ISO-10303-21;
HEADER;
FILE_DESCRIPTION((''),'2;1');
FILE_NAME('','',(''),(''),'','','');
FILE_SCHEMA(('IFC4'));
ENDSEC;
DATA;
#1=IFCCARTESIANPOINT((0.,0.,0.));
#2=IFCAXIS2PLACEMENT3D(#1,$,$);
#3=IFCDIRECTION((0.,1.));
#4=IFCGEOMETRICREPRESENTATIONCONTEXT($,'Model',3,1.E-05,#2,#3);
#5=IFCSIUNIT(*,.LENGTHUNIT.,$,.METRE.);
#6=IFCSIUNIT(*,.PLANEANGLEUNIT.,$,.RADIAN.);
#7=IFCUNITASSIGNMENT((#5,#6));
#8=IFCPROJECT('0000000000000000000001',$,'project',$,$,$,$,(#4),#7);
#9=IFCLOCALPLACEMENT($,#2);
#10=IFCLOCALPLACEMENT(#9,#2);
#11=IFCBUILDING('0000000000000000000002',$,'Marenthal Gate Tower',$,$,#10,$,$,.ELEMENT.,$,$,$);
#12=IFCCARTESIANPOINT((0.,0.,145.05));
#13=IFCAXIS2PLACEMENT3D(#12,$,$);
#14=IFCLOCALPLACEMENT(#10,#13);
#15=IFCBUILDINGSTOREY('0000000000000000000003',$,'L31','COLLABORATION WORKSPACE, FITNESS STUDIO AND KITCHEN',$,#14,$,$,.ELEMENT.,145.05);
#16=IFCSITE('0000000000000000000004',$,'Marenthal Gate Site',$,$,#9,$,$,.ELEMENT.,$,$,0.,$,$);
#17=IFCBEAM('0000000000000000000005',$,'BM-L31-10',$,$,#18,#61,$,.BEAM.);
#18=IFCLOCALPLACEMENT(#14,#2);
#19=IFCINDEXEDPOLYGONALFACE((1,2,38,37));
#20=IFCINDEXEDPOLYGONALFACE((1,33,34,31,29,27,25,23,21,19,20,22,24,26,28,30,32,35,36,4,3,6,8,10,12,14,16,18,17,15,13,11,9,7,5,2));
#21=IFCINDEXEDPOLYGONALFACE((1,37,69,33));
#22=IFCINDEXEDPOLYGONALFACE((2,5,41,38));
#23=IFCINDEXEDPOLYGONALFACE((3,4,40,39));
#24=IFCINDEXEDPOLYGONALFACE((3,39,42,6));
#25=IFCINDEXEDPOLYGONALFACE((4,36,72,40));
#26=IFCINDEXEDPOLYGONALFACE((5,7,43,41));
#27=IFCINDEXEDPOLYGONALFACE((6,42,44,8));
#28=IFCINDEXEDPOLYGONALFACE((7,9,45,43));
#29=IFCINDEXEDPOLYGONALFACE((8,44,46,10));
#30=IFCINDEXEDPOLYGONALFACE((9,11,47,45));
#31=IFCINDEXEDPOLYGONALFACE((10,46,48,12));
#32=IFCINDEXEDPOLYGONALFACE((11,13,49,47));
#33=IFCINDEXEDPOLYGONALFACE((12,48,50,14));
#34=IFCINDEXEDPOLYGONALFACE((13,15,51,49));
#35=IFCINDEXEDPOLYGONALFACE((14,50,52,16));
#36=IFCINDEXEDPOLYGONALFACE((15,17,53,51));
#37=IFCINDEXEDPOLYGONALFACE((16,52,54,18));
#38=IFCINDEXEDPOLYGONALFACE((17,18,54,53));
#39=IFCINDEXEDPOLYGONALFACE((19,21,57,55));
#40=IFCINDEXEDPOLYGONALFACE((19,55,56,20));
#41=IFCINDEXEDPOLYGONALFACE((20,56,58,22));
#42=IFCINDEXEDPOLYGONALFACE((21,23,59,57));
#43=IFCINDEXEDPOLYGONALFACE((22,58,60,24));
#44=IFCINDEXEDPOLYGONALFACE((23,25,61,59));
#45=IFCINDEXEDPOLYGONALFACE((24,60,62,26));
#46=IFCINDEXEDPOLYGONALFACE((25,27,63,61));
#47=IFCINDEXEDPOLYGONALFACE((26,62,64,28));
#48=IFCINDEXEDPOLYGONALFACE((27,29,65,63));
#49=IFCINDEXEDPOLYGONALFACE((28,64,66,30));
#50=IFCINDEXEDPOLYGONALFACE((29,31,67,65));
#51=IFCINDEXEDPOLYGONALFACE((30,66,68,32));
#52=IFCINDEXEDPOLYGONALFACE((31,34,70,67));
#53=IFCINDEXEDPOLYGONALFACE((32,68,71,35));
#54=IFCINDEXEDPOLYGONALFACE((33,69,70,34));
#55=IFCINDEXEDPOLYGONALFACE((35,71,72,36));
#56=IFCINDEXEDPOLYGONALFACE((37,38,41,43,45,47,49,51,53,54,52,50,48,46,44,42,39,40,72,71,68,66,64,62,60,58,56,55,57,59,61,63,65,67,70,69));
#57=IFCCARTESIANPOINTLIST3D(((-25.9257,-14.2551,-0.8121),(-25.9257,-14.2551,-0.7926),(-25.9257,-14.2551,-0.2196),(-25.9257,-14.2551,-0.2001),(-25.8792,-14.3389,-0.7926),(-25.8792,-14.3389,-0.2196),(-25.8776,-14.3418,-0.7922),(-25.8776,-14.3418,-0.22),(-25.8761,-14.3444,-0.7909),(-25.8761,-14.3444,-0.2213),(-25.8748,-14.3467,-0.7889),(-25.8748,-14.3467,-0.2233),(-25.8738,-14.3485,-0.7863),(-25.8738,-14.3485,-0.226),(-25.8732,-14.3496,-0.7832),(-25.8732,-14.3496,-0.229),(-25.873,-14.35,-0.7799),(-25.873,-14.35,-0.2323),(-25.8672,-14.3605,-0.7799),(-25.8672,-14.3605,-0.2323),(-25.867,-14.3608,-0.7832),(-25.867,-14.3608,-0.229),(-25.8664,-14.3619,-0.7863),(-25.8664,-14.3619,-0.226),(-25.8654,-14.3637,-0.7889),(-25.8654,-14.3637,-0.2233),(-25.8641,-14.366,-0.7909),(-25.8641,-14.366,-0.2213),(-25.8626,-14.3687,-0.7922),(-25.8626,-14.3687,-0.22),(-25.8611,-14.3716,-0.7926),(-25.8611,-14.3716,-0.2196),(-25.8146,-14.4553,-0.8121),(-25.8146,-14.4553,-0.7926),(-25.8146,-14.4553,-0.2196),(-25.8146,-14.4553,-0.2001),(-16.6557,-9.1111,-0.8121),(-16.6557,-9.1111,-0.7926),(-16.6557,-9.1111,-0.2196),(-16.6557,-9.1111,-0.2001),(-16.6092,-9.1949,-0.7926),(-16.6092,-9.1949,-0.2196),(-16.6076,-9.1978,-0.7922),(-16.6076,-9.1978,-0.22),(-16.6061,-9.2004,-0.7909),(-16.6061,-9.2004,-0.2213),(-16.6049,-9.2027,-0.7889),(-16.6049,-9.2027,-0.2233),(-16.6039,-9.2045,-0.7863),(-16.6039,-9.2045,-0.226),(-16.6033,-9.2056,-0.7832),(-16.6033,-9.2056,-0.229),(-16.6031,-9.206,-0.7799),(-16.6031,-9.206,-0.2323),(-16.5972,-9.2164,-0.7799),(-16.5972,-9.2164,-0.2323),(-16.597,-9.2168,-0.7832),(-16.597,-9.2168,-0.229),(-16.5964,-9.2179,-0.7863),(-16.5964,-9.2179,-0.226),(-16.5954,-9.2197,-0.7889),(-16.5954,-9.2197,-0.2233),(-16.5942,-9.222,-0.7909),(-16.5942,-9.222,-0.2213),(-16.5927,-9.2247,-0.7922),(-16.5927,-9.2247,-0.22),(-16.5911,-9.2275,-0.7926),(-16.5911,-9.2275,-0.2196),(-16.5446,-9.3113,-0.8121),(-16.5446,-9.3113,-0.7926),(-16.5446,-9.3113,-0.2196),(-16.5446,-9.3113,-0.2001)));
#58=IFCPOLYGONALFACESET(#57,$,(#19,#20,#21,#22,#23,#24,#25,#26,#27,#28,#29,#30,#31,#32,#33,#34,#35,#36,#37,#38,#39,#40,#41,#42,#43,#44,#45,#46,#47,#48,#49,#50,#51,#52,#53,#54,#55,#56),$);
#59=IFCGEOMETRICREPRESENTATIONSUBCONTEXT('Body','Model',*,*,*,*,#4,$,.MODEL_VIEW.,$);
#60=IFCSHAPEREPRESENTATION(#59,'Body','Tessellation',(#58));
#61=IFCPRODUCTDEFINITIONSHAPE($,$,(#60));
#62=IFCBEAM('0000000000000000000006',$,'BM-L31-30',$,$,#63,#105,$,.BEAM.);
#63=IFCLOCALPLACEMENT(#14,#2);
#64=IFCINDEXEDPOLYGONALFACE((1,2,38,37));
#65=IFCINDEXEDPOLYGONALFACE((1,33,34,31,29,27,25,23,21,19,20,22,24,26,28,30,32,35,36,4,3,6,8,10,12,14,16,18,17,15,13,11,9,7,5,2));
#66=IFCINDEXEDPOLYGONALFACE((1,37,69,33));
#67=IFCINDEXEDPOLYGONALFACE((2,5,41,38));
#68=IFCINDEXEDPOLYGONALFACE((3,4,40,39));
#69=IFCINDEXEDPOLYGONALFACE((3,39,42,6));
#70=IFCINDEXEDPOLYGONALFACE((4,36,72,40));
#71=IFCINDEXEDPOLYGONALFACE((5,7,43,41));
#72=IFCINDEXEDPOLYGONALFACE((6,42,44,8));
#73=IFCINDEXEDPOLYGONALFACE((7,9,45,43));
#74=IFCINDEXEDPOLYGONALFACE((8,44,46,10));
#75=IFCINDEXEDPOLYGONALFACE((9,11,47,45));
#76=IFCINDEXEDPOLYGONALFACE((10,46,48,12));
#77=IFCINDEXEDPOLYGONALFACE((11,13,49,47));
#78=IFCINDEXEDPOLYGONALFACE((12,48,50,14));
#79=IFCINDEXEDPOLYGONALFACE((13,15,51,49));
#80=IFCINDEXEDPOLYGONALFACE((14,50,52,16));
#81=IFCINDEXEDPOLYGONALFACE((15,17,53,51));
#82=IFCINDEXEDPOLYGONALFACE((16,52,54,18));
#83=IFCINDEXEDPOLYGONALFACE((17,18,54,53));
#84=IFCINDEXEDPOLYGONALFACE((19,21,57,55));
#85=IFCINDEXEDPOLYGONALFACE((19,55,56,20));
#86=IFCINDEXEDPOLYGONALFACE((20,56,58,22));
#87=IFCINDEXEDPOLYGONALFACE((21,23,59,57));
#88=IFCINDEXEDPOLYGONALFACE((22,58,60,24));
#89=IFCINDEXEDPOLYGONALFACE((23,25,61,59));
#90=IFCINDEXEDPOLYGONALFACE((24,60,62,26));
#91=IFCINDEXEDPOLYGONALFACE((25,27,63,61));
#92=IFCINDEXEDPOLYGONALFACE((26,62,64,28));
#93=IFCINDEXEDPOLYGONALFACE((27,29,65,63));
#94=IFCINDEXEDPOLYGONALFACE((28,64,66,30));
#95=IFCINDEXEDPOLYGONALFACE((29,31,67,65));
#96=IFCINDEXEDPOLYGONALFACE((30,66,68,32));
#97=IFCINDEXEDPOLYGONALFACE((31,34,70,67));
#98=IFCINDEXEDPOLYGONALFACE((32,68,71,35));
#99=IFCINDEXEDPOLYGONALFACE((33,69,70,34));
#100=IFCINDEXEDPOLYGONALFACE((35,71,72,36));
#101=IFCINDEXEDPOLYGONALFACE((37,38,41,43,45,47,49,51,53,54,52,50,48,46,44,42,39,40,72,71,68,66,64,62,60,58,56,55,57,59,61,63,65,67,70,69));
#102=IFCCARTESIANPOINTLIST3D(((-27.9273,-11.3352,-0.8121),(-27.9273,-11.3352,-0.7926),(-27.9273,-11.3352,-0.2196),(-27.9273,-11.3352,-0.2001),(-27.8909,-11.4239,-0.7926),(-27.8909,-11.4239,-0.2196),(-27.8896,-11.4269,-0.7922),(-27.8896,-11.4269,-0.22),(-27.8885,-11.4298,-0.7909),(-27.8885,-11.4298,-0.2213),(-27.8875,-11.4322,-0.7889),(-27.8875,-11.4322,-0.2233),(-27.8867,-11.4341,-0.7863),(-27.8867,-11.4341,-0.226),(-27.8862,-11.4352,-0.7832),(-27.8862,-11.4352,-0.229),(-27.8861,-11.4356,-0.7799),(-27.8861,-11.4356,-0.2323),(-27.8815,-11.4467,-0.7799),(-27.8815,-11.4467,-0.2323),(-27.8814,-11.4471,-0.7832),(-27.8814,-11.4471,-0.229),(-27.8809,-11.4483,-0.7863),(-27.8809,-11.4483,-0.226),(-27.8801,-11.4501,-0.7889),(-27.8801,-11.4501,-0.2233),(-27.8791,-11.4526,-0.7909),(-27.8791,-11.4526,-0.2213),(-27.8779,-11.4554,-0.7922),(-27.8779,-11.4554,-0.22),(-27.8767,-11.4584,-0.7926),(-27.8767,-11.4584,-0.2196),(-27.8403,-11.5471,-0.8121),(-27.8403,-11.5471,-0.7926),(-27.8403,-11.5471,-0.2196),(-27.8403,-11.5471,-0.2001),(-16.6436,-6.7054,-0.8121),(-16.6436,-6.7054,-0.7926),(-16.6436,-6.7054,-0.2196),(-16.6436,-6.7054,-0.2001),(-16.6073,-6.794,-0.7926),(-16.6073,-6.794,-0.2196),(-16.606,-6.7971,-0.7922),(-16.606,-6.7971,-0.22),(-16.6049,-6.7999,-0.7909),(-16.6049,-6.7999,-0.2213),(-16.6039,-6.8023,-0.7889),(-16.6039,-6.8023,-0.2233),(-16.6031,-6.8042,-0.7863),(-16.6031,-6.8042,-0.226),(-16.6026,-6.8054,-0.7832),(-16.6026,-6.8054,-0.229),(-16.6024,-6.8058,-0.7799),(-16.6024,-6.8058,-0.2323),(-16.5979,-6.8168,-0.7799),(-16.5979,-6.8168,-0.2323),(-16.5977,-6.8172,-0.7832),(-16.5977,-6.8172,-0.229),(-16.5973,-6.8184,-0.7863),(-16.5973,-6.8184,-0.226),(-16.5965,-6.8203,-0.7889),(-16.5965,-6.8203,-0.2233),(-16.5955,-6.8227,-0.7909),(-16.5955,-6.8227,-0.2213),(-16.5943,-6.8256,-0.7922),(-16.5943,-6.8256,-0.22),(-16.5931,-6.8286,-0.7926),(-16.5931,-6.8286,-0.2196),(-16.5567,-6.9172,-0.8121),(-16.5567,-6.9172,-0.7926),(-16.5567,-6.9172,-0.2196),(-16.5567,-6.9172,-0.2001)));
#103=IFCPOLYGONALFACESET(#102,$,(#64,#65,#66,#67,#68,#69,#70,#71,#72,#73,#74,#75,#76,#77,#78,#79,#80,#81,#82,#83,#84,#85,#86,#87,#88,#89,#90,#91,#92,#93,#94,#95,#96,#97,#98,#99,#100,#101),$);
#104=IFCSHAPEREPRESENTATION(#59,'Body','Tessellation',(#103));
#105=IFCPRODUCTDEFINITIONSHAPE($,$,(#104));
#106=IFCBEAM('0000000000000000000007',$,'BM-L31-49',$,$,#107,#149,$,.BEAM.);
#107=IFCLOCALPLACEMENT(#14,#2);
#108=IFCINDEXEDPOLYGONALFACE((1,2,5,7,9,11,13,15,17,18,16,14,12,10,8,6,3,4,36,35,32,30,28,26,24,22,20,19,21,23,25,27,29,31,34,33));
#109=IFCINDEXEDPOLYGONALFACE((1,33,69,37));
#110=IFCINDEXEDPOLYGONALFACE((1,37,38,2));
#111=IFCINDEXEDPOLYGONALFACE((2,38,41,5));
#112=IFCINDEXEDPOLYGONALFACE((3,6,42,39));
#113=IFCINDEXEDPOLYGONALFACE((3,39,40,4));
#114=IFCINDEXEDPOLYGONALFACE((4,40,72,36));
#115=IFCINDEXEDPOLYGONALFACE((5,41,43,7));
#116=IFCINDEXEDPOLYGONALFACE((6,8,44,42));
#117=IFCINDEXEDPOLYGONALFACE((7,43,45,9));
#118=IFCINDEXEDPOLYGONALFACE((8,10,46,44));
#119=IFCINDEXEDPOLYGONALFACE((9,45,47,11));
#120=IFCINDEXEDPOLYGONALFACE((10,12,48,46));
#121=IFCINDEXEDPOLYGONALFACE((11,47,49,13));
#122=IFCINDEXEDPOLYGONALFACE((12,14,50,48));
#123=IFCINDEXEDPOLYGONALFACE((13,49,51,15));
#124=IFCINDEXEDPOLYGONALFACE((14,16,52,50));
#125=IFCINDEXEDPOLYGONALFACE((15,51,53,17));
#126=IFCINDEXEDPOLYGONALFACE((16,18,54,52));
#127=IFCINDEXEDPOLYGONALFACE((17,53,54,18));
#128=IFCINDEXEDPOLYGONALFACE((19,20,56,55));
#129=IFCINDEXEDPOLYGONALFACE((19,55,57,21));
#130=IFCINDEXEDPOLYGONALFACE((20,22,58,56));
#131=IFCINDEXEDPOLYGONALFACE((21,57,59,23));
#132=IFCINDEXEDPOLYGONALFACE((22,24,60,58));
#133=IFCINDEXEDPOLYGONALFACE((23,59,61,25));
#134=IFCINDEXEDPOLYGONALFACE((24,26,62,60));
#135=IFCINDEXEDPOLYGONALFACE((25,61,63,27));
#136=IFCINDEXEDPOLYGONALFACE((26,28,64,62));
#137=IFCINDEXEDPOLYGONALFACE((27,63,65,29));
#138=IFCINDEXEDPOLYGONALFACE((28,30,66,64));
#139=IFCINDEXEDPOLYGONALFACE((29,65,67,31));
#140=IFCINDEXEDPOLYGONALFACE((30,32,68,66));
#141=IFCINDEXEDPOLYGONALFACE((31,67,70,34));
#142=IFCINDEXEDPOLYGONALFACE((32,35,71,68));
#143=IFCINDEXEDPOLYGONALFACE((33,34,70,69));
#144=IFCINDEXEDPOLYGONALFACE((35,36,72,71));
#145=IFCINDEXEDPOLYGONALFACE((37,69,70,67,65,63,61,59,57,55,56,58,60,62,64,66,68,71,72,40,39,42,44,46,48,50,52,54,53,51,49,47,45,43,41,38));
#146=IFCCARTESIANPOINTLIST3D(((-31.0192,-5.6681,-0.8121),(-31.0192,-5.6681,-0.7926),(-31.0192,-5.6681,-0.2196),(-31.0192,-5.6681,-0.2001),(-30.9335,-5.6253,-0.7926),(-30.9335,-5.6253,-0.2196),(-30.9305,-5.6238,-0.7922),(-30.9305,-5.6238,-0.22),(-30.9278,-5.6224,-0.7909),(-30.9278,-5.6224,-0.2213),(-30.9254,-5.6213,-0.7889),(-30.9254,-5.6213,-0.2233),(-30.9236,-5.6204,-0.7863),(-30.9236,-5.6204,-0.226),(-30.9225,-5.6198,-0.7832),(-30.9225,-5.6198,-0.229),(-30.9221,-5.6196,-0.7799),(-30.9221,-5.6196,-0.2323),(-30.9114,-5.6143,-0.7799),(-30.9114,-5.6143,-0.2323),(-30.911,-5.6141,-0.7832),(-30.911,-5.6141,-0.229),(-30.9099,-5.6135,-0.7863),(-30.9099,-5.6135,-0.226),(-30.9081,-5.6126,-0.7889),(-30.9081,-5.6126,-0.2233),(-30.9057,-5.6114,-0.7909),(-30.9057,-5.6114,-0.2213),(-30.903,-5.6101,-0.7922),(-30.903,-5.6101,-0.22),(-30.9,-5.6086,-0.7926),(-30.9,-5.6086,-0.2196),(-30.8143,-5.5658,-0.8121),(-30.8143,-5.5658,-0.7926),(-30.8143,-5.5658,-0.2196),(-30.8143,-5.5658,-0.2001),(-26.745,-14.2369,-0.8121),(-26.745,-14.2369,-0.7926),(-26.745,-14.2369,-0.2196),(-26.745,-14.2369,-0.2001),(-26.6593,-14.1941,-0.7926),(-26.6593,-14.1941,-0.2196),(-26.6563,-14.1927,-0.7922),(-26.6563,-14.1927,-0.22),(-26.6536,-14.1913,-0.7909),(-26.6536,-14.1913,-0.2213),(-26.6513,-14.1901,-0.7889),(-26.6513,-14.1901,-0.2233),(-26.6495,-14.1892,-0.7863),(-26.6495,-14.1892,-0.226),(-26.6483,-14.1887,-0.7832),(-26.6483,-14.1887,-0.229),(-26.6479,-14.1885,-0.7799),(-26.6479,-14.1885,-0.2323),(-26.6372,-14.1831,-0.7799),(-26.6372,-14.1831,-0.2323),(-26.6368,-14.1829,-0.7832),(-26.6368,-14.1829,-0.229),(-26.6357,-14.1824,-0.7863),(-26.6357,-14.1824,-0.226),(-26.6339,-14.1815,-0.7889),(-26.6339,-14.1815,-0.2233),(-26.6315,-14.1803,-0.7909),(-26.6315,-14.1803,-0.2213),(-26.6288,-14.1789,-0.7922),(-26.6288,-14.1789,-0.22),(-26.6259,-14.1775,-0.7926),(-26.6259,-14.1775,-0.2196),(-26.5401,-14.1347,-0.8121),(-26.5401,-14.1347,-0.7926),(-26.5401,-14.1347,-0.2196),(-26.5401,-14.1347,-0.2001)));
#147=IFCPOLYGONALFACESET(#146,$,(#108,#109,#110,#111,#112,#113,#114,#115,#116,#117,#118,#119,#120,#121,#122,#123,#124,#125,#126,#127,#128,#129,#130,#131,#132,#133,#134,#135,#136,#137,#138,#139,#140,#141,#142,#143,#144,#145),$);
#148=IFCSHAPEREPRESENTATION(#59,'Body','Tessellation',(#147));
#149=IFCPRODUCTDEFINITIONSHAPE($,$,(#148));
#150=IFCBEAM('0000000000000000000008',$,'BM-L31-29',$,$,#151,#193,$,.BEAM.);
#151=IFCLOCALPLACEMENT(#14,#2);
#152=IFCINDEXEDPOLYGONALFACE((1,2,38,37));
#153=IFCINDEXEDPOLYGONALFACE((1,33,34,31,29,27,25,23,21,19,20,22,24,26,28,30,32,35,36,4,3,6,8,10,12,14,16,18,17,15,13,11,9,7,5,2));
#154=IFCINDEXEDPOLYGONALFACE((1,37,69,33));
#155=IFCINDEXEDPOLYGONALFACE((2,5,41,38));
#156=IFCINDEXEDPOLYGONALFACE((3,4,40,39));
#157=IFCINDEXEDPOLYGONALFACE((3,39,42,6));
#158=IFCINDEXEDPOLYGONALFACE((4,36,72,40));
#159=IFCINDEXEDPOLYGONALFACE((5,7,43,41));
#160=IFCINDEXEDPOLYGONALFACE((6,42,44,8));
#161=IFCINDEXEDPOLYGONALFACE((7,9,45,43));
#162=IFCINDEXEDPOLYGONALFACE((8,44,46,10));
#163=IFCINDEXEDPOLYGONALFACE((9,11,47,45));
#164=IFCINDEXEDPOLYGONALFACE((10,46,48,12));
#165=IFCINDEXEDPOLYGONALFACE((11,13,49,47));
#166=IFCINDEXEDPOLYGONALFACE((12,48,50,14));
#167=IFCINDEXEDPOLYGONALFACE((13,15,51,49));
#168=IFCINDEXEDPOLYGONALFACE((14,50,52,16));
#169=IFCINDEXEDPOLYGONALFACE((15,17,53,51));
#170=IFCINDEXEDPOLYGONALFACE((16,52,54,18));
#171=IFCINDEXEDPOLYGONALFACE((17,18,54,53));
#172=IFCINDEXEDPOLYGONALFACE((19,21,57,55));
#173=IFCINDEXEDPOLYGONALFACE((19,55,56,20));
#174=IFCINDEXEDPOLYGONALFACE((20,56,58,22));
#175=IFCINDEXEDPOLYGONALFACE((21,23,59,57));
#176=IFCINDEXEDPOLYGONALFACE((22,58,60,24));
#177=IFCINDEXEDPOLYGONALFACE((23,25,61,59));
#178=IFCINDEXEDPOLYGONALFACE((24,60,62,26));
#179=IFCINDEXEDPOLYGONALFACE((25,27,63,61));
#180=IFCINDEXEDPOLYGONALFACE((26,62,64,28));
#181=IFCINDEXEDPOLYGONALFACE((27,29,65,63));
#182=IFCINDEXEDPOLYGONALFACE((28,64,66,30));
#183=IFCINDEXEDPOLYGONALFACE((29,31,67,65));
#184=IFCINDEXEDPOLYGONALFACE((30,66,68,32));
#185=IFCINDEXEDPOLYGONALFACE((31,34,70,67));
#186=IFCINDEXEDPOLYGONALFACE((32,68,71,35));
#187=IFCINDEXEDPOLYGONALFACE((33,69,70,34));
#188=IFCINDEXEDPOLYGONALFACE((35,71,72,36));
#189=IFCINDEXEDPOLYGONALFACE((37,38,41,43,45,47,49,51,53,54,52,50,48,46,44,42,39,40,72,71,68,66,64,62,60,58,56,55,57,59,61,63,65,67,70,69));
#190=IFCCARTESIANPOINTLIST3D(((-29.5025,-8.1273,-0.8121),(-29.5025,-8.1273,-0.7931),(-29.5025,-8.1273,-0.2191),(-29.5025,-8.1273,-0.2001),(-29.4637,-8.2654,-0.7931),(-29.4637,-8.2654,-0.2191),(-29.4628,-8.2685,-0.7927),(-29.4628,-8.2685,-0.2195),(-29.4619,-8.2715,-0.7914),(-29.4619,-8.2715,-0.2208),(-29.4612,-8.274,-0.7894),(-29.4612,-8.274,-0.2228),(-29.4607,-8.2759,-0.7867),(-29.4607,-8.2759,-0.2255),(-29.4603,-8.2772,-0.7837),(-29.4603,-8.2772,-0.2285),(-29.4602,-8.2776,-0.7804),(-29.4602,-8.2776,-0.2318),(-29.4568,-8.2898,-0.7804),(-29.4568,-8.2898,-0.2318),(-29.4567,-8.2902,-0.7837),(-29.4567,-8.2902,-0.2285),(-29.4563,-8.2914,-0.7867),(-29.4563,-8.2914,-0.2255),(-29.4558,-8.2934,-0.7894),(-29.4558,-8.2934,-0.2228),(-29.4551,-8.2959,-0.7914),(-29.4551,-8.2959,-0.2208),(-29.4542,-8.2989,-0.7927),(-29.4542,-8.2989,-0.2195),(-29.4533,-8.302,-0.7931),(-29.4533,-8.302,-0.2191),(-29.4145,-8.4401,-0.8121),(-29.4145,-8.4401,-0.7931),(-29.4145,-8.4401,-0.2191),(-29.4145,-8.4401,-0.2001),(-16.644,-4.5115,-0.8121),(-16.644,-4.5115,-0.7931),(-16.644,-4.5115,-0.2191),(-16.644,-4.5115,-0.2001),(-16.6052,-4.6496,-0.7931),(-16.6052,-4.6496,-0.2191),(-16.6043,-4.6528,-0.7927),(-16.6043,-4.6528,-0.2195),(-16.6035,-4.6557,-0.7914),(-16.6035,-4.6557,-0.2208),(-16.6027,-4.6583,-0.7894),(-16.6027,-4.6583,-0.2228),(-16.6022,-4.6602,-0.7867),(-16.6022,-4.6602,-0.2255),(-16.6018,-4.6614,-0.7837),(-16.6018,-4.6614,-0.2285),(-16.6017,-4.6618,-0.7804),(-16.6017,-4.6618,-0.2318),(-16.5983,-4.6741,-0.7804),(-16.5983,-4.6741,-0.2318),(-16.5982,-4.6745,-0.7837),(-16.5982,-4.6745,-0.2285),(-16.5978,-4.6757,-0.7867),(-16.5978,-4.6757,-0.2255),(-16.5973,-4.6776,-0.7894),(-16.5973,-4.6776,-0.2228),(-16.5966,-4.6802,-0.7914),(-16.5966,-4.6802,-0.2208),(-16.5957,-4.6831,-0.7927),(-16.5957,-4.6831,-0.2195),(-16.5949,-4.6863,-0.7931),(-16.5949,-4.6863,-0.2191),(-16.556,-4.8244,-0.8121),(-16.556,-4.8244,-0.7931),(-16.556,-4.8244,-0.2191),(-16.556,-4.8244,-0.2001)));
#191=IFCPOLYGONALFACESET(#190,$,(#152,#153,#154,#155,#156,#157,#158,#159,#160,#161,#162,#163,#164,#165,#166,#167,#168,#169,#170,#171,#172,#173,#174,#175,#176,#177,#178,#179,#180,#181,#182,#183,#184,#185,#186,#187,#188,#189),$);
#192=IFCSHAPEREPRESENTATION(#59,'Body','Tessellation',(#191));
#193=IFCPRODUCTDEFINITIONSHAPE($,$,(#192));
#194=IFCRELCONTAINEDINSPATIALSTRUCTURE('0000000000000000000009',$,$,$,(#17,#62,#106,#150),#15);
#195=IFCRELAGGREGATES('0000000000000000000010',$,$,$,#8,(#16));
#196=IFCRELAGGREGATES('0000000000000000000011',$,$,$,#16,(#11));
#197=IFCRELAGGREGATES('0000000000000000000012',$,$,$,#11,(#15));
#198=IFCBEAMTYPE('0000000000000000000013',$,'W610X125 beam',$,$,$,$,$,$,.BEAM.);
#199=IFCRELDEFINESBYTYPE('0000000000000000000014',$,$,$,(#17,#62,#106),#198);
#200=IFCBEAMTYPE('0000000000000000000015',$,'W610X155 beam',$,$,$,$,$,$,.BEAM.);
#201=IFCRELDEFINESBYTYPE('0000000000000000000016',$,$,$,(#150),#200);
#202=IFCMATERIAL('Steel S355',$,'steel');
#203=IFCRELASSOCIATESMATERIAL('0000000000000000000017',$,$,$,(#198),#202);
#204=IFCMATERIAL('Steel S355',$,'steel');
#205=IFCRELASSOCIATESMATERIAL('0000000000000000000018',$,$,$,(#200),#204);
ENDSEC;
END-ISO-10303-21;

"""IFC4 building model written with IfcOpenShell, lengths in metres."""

from ifc_helpers import new_model, si_unit, direction, frame, origin, origin_2d, place, context, subcontext, project, spatial, i_section, extrude, material, material_profile, profile_set, type_object, element, save


model = new_model("IFC4")

# Units and contexts
model_context = context("Model", 3, precision=1e-05, world=origin(), true_north=direction((0.0, 1.0)))
body_context = subcontext(model_context, "Body", "Model", "MODEL_VIEW")
ifc_project = project(units=[si_unit("LENGTHUNIT", "METRE"), si_unit("PLANEANGLEUNIT", "RADIAN")], contexts=[model_context])

# Site, building, storey
site_placement = place(None, origin())
site = spatial("IfcSite", under=ifc_project, at=site_placement, Name="Marenthal Gate Site", CompositionType="ELEMENT", RefElevation=0.0)
building_placement = place(site_placement, origin())
building = spatial("IfcBuilding", under=site, at=building_placement, Name="Marenthal Gate Tower", CompositionType="ELEMENT")
storey_placement = place(building_placement, frame((0.0, 0.0, 145.05)))
storey = spatial("IfcBuildingStorey", under=building, at=storey_placement, Name="L31", Description="COLLABORATION WORKSPACE, FITNESS STUDIO AND KITCHEN", CompositionType="ELEMENT", Elevation=145.05)

# Beams
ifc_material_1 = material(Name="Steel S355", Category="steel")
ifc_material_profile_1 = material_profile(ifc_material_1, i_section(OverallWidth=0.229, OverallDepth=0.6121, WebThickness=0.012, FlangeThickness=0.0195, FilletRadius=0.0127, at=origin_2d()), Name="W610X125")
ifc_profile_set_1 = profile_set([ifc_material_profile_1], Name="Steel S355")
beam_type_1 = type_object("IfcBeamType", Name="W610X125 beam", PredefinedType="BEAM", material=ifc_profile_set_1)
beam_1_placement = place(storey_placement, frame((-25.8701, -14.3552, -0.5061), z_axis=(0.874396, 0.485213, 0.0), x_axis=(-0.485213, 0.874396, 0.0)))
element("IfcBeam", 1, at=beam_1_placement, inside=storey, type_object=beam_type_1, Name="BM-L31-10", PredefinedType="BEAM", context=body_context, shape_type="SweptSolid", body=[
    extrude(i_section(OverallWidth=0.229, OverallDepth=0.6121, WebThickness=0.012, FlangeThickness=0.0195, FilletRadius=0.0127, at=origin_2d()), origin(), (0.0, 0.0, 1.0), 10.6016),
])
beam_2_placement = place(storey_placement, frame((-27.8838, -11.4412, -0.5061), z_axis=(0.925149, 0.379604, 0.0), x_axis=(-0.379604, 0.925149, 0.0)))
element("IfcBeam", 2, at=beam_2_placement, inside=storey, type_object=beam_type_1, Name="BM-L31-30", PredefinedType="BEAM", context=body_context, shape_type="SweptSolid", body=[
    extrude(i_section(OverallWidth=0.229, OverallDepth=0.6121, WebThickness=0.012, FlangeThickness=0.0195, FilletRadius=0.0127, at=origin_2d()), origin(), (0.0, 0.0, 1.0), 12.1965),
])
beam_3_placement = place(storey_placement, frame((-30.9167, -5.6169, -0.5061), z_axis=(0.446357, -0.894855, 0.0), x_axis=(0.894855, 0.446357, 0.0)))
element("IfcBeam", 3, at=beam_3_placement, inside=storey, type_object=beam_type_1, Name="BM-L31-49", PredefinedType="BEAM", context=body_context, shape_type="SweptSolid", body=[
    extrude(i_section(OverallWidth=0.229, OverallDepth=0.6121, WebThickness=0.012, FlangeThickness=0.0195, FilletRadius=0.0127, at=origin_2d()), origin(), (0.0, 0.0, 1.0), 9.5757),
])
ifc_material_2 = material(Name="Steel S355", Category="steel")
ifc_material_profile_2 = material_profile(ifc_material_2, i_section(OverallWidth=0.325, OverallDepth=0.6121, WebThickness=0.0127, FlangeThickness=0.019, FilletRadius=0.0127, at=origin_2d()), Name="W610X155")
ifc_profile_set_2 = profile_set([ifc_material_profile_2], Name="Steel S355")
beam_type_2 = type_object("IfcBeamType", Name="W610X155 beam", PredefinedType="BEAM", material=ifc_profile_set_2)
beam_4_placement = place(storey_placement, frame((-29.4585, -8.2837, -0.5061), z_axis=(0.962665, 0.270697, 0.0), x_axis=(-0.270697, 0.962665, 0.0)))
element("IfcBeam", 4, at=beam_4_placement, inside=storey, type_object=beam_type_2, Name="BM-L31-29", PredefinedType="BEAM", context=body_context, shape_type="SweptSolid", body=[
    extrude(i_section(OverallWidth=0.325, OverallDepth=0.6121, WebThickness=0.0127, FlangeThickness=0.019, FilletRadius=0.0127, at=origin_2d()), origin(), (0.0, 0.0, 1.0), 13.3572),
])

save(model, "model.ifc")
